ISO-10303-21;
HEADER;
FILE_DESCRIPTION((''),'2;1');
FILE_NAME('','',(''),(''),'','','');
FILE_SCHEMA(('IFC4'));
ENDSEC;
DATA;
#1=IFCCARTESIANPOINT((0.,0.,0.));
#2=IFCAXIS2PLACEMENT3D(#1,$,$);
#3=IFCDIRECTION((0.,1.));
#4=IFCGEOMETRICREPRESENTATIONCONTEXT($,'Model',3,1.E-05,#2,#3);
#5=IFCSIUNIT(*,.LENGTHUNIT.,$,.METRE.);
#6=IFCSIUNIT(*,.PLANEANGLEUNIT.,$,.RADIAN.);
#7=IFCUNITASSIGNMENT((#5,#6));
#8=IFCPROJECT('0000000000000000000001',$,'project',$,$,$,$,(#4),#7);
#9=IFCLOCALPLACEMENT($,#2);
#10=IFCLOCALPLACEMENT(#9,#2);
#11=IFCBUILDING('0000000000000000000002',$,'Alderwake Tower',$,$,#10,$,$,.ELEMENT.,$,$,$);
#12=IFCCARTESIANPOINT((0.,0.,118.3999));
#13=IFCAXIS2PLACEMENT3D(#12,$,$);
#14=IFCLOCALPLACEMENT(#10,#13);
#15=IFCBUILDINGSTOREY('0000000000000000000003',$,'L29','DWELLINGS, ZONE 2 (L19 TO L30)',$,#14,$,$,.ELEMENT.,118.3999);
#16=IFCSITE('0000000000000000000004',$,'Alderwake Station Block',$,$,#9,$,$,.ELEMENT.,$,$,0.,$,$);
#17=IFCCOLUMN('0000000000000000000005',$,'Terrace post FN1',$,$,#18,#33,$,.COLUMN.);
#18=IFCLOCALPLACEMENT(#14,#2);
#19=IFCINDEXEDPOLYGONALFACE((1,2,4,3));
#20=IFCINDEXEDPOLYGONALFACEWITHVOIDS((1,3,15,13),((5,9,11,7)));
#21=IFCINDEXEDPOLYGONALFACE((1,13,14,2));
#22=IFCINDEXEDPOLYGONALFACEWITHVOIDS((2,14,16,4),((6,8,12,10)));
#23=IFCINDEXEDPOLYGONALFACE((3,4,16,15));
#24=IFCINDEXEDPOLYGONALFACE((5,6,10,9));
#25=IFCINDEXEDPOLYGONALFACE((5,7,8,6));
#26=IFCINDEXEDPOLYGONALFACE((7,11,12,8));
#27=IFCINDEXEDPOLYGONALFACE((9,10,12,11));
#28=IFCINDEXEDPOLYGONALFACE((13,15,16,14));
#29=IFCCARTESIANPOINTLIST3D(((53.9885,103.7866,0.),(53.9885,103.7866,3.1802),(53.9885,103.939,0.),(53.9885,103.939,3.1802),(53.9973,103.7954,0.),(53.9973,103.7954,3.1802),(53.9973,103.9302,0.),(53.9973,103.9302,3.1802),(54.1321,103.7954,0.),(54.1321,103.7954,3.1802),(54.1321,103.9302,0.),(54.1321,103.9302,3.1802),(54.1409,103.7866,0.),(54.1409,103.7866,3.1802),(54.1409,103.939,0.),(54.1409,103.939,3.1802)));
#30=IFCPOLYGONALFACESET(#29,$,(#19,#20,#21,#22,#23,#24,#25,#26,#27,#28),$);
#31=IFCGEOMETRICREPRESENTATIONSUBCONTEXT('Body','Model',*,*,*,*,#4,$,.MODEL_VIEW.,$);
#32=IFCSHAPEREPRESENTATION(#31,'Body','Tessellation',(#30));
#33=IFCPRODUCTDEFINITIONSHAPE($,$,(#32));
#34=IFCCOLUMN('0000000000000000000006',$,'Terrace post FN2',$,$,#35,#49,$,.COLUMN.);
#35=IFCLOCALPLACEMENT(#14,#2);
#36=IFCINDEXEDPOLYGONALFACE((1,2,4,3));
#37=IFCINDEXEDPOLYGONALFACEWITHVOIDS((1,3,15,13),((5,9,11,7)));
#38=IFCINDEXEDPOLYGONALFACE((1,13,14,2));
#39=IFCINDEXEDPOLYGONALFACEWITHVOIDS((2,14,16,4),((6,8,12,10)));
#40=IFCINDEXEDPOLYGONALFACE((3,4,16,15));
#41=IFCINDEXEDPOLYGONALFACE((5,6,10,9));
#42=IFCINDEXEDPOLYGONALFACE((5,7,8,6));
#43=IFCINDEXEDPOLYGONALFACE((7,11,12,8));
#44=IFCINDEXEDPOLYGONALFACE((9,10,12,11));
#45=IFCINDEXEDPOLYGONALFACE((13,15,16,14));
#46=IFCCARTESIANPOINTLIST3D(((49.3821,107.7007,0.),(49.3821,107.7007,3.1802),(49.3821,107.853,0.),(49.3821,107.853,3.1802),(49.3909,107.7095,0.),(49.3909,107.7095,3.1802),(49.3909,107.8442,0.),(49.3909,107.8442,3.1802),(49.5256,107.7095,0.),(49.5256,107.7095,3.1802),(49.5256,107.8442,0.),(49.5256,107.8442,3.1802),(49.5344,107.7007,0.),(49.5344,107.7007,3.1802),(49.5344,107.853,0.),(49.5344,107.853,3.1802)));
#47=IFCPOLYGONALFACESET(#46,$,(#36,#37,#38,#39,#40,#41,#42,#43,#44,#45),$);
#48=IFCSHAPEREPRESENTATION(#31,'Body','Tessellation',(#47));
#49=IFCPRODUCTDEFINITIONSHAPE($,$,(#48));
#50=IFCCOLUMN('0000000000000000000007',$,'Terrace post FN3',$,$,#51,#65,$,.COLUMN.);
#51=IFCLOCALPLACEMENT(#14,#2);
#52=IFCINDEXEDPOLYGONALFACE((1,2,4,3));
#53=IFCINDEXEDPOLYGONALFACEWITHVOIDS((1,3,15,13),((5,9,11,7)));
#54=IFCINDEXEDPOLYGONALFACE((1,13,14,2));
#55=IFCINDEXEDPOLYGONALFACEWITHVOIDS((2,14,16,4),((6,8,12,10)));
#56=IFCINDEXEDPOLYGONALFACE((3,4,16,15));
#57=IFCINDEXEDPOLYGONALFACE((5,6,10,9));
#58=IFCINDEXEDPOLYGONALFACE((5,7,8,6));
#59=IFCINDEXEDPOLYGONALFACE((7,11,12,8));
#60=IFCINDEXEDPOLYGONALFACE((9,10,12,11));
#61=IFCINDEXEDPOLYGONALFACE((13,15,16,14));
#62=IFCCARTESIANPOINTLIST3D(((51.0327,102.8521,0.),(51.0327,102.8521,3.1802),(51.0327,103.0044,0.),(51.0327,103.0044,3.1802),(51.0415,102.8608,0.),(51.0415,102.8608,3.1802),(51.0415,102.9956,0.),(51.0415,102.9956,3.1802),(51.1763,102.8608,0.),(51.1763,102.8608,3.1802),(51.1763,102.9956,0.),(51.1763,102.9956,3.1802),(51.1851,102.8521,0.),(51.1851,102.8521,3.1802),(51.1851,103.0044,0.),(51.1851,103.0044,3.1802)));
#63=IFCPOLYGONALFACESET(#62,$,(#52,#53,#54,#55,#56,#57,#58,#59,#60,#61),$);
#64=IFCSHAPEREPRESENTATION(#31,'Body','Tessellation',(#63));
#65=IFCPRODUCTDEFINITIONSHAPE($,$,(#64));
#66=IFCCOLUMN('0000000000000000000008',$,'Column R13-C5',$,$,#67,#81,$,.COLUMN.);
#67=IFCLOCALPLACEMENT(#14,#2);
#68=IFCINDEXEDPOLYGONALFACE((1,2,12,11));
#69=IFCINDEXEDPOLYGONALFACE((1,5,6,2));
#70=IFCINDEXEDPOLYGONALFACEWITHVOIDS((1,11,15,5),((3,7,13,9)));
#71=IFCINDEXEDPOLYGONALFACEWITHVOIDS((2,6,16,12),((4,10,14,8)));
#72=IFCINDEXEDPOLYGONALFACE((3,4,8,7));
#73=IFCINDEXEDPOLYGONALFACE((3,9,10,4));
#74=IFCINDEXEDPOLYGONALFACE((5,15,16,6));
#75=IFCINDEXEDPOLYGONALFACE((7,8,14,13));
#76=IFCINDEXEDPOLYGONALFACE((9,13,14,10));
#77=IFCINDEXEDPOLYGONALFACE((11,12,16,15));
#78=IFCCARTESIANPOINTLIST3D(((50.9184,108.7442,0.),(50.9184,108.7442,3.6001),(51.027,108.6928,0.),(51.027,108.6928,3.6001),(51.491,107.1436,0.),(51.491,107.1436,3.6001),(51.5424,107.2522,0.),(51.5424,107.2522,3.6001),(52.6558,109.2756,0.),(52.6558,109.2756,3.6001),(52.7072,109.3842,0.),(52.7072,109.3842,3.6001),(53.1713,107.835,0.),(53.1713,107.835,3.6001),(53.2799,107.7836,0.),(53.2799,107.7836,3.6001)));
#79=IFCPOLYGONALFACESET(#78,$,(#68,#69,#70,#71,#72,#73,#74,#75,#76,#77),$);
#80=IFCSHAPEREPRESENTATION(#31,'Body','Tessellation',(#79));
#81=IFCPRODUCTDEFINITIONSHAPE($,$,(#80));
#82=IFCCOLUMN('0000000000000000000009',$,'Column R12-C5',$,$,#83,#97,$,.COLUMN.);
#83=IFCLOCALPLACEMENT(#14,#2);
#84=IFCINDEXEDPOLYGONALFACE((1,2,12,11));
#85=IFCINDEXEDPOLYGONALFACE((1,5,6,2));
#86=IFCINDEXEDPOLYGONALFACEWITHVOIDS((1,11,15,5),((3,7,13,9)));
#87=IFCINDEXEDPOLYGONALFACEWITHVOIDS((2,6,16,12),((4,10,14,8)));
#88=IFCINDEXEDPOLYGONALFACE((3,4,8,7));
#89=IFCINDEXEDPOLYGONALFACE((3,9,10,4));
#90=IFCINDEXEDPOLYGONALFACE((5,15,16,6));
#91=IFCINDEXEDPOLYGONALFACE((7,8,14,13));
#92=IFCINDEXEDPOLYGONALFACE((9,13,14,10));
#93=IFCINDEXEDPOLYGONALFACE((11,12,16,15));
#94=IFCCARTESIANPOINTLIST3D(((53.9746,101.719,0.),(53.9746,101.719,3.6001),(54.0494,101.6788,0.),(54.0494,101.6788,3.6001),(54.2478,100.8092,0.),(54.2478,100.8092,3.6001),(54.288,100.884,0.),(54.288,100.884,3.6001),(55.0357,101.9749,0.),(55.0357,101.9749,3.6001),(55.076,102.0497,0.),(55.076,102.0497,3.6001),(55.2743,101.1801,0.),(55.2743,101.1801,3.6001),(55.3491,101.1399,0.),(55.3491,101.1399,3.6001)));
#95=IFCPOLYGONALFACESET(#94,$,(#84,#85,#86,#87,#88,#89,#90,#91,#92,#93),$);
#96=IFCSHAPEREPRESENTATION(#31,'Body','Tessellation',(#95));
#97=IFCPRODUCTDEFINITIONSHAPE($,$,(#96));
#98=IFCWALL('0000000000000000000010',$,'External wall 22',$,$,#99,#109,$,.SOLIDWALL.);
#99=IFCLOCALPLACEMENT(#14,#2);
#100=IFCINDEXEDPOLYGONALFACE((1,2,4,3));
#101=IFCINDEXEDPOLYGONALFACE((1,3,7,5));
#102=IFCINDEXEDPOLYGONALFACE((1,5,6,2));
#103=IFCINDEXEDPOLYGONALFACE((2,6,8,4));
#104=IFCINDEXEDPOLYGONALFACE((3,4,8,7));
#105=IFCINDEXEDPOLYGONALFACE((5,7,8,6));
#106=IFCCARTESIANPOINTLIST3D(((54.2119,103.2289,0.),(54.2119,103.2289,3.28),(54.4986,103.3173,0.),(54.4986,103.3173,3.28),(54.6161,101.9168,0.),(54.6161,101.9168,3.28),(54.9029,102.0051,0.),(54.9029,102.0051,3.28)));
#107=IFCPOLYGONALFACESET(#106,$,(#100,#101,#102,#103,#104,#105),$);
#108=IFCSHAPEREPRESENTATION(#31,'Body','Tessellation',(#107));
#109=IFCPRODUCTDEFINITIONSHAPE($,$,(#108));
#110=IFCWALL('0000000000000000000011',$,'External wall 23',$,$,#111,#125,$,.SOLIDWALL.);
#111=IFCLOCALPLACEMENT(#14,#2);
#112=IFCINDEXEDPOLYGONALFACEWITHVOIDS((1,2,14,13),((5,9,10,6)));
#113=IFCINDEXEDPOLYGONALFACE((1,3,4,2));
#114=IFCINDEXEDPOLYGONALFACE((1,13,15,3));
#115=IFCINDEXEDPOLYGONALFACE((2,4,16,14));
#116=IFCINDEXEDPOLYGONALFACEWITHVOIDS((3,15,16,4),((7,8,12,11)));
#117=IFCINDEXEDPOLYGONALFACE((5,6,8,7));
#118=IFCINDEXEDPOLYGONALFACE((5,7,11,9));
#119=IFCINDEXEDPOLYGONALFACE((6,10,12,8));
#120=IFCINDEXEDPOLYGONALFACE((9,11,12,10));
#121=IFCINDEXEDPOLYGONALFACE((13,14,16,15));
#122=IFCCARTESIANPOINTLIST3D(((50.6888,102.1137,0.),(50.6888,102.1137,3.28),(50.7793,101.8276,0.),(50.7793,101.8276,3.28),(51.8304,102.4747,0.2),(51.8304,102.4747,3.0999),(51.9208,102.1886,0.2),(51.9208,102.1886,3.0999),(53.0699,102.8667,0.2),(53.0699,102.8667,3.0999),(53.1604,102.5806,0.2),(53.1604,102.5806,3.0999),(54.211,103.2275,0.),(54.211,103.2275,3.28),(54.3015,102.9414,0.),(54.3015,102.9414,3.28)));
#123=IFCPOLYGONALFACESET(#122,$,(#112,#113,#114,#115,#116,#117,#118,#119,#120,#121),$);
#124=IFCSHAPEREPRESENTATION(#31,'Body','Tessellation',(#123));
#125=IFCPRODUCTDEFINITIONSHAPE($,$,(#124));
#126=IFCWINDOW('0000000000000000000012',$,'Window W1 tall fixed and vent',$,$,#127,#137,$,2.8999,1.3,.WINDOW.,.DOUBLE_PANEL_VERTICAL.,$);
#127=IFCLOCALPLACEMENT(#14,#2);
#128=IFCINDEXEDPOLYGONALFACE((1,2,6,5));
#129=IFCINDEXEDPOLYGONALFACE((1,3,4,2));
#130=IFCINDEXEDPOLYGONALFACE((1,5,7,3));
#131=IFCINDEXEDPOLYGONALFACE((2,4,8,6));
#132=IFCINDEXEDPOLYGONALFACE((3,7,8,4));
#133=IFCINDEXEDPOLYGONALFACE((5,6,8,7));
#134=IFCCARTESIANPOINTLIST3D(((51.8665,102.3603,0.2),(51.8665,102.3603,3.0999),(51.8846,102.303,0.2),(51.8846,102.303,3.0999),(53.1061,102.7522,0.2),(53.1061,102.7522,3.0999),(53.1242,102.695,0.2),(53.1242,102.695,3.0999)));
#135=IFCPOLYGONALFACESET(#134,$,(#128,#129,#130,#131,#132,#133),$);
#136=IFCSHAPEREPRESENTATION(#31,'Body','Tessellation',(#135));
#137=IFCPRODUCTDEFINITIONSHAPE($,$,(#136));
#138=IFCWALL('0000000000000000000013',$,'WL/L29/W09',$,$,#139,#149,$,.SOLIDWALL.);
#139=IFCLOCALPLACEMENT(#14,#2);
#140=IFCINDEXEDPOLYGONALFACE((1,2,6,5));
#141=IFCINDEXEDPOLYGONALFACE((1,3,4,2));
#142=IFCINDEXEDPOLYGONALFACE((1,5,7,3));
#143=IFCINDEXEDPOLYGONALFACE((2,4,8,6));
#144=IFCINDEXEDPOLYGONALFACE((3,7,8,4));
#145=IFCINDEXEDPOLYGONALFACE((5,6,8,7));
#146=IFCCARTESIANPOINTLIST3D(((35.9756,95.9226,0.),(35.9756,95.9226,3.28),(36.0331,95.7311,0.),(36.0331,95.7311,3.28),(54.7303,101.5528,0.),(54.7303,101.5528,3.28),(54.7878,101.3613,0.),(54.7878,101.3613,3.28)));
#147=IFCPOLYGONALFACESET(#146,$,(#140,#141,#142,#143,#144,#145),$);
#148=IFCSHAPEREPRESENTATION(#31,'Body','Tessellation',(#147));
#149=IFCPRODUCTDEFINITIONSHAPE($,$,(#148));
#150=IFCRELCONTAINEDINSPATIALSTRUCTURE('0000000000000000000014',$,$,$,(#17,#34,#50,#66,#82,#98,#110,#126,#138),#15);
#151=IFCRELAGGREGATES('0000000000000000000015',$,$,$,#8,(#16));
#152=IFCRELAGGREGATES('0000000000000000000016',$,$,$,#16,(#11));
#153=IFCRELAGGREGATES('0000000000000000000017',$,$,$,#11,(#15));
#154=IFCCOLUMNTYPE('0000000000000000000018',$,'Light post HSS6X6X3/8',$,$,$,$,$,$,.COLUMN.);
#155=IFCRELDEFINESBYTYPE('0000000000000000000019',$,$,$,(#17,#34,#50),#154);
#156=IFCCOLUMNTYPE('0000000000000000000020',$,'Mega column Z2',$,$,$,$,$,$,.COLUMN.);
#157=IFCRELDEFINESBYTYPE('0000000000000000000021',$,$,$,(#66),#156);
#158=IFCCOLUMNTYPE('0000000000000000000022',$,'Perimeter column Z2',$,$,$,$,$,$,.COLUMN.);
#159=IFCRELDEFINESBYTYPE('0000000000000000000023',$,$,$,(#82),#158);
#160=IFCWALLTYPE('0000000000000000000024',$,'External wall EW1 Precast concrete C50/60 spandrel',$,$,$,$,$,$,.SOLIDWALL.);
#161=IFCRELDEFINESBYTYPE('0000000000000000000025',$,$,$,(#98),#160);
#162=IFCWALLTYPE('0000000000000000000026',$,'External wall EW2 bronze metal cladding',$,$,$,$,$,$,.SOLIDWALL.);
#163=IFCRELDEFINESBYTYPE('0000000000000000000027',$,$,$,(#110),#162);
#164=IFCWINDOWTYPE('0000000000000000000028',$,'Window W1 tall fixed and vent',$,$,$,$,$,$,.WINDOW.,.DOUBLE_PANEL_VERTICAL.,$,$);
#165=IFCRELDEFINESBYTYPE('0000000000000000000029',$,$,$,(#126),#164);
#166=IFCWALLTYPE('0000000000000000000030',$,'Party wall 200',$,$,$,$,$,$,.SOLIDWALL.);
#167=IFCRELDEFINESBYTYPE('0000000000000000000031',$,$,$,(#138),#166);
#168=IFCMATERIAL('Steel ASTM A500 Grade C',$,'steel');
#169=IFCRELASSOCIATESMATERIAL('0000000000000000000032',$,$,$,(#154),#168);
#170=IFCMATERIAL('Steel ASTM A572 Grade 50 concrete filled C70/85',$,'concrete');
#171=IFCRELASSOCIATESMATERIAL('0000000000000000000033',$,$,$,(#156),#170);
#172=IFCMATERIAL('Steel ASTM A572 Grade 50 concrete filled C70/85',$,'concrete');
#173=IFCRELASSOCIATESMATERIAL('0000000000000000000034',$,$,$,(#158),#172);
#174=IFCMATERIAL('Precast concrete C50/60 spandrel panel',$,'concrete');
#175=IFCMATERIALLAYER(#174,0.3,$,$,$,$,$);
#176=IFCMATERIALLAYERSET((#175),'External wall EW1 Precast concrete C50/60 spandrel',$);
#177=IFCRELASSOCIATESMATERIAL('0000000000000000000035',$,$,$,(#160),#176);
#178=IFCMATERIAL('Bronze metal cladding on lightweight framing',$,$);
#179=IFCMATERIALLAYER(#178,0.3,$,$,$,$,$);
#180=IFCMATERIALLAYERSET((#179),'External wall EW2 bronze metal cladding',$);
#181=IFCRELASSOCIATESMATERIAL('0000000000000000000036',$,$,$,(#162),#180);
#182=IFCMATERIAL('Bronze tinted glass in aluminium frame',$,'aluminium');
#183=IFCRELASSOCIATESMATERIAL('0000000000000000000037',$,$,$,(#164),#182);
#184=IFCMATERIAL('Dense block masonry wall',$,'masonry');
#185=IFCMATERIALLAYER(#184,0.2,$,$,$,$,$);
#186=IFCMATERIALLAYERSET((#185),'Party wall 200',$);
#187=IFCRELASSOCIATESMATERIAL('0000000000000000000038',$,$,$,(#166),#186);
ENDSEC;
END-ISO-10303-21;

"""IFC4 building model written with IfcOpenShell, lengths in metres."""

from ifc_helpers import new_model, si_unit, direction, frame, frame_2d, origin, origin_2d, place, context, subcontext, project, spatial, rectangle, hollow_rectangle, extrude, material, layer, layer_set, material_profile, profile_set, type_object, element, fill, save


model = new_model("IFC4")

# Units and contexts
model_context = context("Model", 3, precision=1e-05, world=origin(), true_north=direction((0.0, 1.0)))
body_context = subcontext(model_context, "Body", "Model", "MODEL_VIEW")
ifc_project = project(units=[si_unit("LENGTHUNIT", "METRE"), si_unit("PLANEANGLEUNIT", "RADIAN")], contexts=[model_context])

# Site, building, storey
site_placement = place(None, origin())
site = spatial("IfcSite", under=ifc_project, at=site_placement, Name="Alderwake Station Block", CompositionType="ELEMENT", RefElevation=0.0)
building_placement = place(site_placement, origin())
building = spatial("IfcBuilding", under=site, at=building_placement, Name="Alderwake Tower", CompositionType="ELEMENT")
storey_placement = place(building_placement, frame((0.0, 0.0, 118.3999)))
storey = spatial("IfcBuildingStorey", under=building, at=storey_placement, Name="L29", Description="DWELLINGS, ZONE 2 (L19 TO L30)", CompositionType="ELEMENT", Elevation=118.3999)

# Columns
ifc_material_1 = material(Name="Steel ASTM A500 Grade C", Category="steel")
ifc_material_profile_1 = material_profile(ifc_material_1, hollow_rectangle(XDim=0.1523, YDim=0.1523, WallThickness=0.0088, at=origin_2d()), Name="HSS6X6X3/8")
ifc_profile_set_1 = profile_set([ifc_material_profile_1], Name="Steel ASTM A500 Grade C")
column_type_1 = type_object("IfcColumnType", Name="Light post HSS6X6X3/8", PredefinedType="COLUMN", material=ifc_profile_set_1)
for number, where, z_axis, x_axis, name in (
    (1, (54.0647, 103.8628, 0.0), (0.0, 0.0, 1.0), (1.0, 0.0, 0.0), "Terrace post FN1"),
    (2, (49.4583, 107.7769, 0.0), (0.0, 0.0, 1.0), (1.0, 0.0, 0.0), "Terrace post FN2"),
    (3, (51.1089, 102.9282, 0.0), (0.0, 0.0, 1.0), (1.0, 0.0, 0.0), "Terrace post FN3"),
):
    element("IfcColumn", number, at=place(storey_placement, frame(where, z_axis=z_axis, x_axis=x_axis)), inside=storey, type_object=column_type_1, Name=name, PredefinedType="COLUMN", context=body_context, shape_type="SweptSolid", body=[
        extrude(hollow_rectangle(XDim=0.1523, YDim=0.1523, WallThickness=0.0088, at=origin_2d()), origin(), (0.0, 0.0, 1.0), 3.1802),
    ])
ifc_material_2 = material(Name="Steel ASTM A572 Grade 50 concrete filled C70/85", Category="concrete")
ifc_material_profile_2 = material_profile(ifc_material_2, hollow_rectangle(XDim=1.7, YDim=1.8999, WallThickness=0.085, at=origin_2d()), Name="BOX 1900X1700X85")
ifc_profile_set_2 = profile_set([ifc_material_profile_2], Name="Steel ASTM A572 Grade 50 concrete filled C70/85")
column_type_2 = type_object("IfcColumnType", Name="Mega column Z2", PredefinedType="COLUMN", material=ifc_profile_set_2)
column_1_placement = place(storey_placement, frame((52.0991, 108.2639, 0.0), z_axis=(0.0, 0.0, 1.0), x_axis=(-0.336878, 0.941548, 0.0)))
element("IfcColumn", 4, at=column_1_placement, inside=storey, type_object=column_type_2, Name="Column R13-C5", PredefinedType="COLUMN", context=body_context, shape_type="SweptSolid", body=[
    extrude(hollow_rectangle(XDim=1.7, YDim=1.8999, WallThickness=0.085, at=origin_2d()), origin(), (0.0, 0.0, 1.0), 3.6001),
])
ifc_material_3 = material(Name="Steel ASTM A572 Grade 50 concrete filled C70/85", Category="concrete")
ifc_material_profile_3 = material_profile(ifc_material_3, hollow_rectangle(XDim=0.95, YDim=1.1499, WallThickness=0.0601, at=origin_2d()), Name="BOX 1150X950X60")
ifc_profile_set_3 = profile_set([ifc_material_profile_3], Name="Steel ASTM A572 Grade 50 concrete filled C70/85")
column_type_3 = type_object("IfcColumnType", Name="Perimeter column Z2", PredefinedType="COLUMN", material=ifc_profile_set_3)
column_2_placement = place(storey_placement, frame((54.6619, 101.4294, 0.0), z_axis=(0.0, 0.0, 1.0), x_axis=(-0.287549, 0.957766, 0.0)))
element("IfcColumn", 5, at=column_2_placement, inside=storey, type_object=column_type_3, Name="Column R12-C5", PredefinedType="COLUMN", context=body_context, shape_type="SweptSolid", body=[
    extrude(hollow_rectangle(XDim=0.95, YDim=1.1499, WallThickness=0.0601, at=origin_2d()), origin(), (0.0, 0.0, 1.0), 3.6001),
])

# Wall
ifc_material_4 = material(Name="Precast concrete C50/60 spandrel panel", Category="concrete")
ifc_layer_1 = layer(ifc_material_4, 0.3)
ifc_layer_set_1 = layer_set([ifc_layer_1], Name="External wall EW1 Precast concrete C50/60 spandrel")
wall_type_1 = type_object("IfcWallType", Name="External wall EW1 Precast concrete C50/60 spandrel", PredefinedType="SOLIDWALL", material=ifc_layer_set_1)
wall_1_placement = place(storey_placement, frame((54.7595, 101.9609, 0.0), z_axis=(0.0, 0.0, 1.0), x_axis=(-0.294436, 0.955671, 0.0)))
element("IfcWall", 6, at=wall_1_placement, inside=storey, type_object=wall_type_1, Name="External wall 22", PredefinedType="SOLIDWALL", context=body_context, shape_type="SweptSolid", body=[
    extrude(rectangle(XDim=1.373, YDim=0.3, at=frame_2d((0.6865, 0.0))), origin(), (0.0, 0.0, 1.0), 3.28),
])

# Wall, opening, window
ifc_material_5 = material(Name="Bronze metal cladding on lightweight framing")
ifc_layer_2 = layer(ifc_material_5, 0.3)
ifc_layer_set_2 = layer_set([ifc_layer_2], Name="External wall EW2 bronze metal cladding")
wall_type_2 = type_object("IfcWallType", Name="External wall EW2 bronze metal cladding", PredefinedType="SOLIDWALL", material=ifc_layer_set_2)
wall_2_placement = place(storey_placement, frame((54.2563, 103.0845, 0.0), z_axis=(0.0, 0.0, 1.0), x_axis=(-0.953467, -0.301498, 0.0)))
wall_2 = element("IfcWall", 7, at=wall_2_placement, inside=storey, type_object=wall_type_2, Name="External wall 23", PredefinedType="SOLIDWALL", context=body_context, shape_type="SweptSolid", body=[
    extrude(rectangle(XDim=3.6941, YDim=0.3, at=frame_2d((1.8472, 0.0))), origin(), (0.0, 0.0, 1.0), 3.28),
])
opening_1_placement = place(wall_2_placement, frame((1.197, 0.0, 0.2)))
opening_1 = element("IfcOpeningElement", 8, at=opening_1_placement, cuts=wall_2, PredefinedType="OPENING", context=body_context, shape_type="SweptSolid", body=[
    extrude(rectangle(XDim=1.3, YDim=2.8999, at=frame_2d((0.6499, 1.45))), frame((0.0, 0.1599, 0.0), z_axis=(0.0, -1.0, 0.0), x_axis=(1.0, 0.0, 0.0)), (0.0, 0.0, 1.0), 0.3201),
])
ifc_material_6 = material(Name="Bronze tinted glass in aluminium frame", Category="aluminium")
window_type = type_object("IfcWindowType", Name="Window W1 tall fixed and vent", PartitioningType="DOUBLE_PANEL_VERTICAL", PredefinedType="WINDOW", material=ifc_material_6)
window_1_placement = place(opening_1_placement, origin())
window_1 = element("IfcWindow", 9, at=window_1_placement, inside=storey, type_object=window_type, Name="Window W1 tall fixed and vent", OverallHeight=2.8999, OverallWidth=1.3, PartitioningType="DOUBLE_PANEL_VERTICAL", PredefinedType="WINDOW", context=body_context, shape_type="SweptSolid", body=[
    extrude(rectangle(XDim=1.3, YDim=2.8999, at=frame_2d((0.6499, 1.45))), frame((0.0, 0.03, 0.0), z_axis=(0.0, -1.0, 0.0), x_axis=(1.0, 0.0, 0.0)), (0.0, 0.0, 1.0), 0.0601),
])
fill(opening_1, window_1)

# Wall
ifc_material_7 = material(Name="Dense block masonry wall", Category="masonry")
ifc_layer_3 = layer(ifc_material_7, 0.2)
ifc_layer_set_3 = layer_set([ifc_layer_3], Name="Party wall 200")
wall_type_3 = type_object("IfcWallType", Name="Party wall 200", PredefinedType="SOLIDWALL", material=ifc_layer_set_3)
wall_3_placement = place(storey_placement, frame((54.759, 101.457, 0.0), z_axis=(0.0, 0.0, 1.0), x_axis=(-0.957774, -0.287523, 0.0)))
element("IfcWall", 10, at=wall_3_placement, inside=storey, type_object=wall_type_3, Name="WL/L29/W09", PredefinedType="SOLIDWALL", context=body_context, shape_type="SweptSolid", body=[
    extrude(rectangle(XDim=19.5815, YDim=0.2, at=frame_2d((9.7908, 0.0))), origin(), (0.0, 0.0, 1.0), 3.28),
])

save(model, "model.ifc")
